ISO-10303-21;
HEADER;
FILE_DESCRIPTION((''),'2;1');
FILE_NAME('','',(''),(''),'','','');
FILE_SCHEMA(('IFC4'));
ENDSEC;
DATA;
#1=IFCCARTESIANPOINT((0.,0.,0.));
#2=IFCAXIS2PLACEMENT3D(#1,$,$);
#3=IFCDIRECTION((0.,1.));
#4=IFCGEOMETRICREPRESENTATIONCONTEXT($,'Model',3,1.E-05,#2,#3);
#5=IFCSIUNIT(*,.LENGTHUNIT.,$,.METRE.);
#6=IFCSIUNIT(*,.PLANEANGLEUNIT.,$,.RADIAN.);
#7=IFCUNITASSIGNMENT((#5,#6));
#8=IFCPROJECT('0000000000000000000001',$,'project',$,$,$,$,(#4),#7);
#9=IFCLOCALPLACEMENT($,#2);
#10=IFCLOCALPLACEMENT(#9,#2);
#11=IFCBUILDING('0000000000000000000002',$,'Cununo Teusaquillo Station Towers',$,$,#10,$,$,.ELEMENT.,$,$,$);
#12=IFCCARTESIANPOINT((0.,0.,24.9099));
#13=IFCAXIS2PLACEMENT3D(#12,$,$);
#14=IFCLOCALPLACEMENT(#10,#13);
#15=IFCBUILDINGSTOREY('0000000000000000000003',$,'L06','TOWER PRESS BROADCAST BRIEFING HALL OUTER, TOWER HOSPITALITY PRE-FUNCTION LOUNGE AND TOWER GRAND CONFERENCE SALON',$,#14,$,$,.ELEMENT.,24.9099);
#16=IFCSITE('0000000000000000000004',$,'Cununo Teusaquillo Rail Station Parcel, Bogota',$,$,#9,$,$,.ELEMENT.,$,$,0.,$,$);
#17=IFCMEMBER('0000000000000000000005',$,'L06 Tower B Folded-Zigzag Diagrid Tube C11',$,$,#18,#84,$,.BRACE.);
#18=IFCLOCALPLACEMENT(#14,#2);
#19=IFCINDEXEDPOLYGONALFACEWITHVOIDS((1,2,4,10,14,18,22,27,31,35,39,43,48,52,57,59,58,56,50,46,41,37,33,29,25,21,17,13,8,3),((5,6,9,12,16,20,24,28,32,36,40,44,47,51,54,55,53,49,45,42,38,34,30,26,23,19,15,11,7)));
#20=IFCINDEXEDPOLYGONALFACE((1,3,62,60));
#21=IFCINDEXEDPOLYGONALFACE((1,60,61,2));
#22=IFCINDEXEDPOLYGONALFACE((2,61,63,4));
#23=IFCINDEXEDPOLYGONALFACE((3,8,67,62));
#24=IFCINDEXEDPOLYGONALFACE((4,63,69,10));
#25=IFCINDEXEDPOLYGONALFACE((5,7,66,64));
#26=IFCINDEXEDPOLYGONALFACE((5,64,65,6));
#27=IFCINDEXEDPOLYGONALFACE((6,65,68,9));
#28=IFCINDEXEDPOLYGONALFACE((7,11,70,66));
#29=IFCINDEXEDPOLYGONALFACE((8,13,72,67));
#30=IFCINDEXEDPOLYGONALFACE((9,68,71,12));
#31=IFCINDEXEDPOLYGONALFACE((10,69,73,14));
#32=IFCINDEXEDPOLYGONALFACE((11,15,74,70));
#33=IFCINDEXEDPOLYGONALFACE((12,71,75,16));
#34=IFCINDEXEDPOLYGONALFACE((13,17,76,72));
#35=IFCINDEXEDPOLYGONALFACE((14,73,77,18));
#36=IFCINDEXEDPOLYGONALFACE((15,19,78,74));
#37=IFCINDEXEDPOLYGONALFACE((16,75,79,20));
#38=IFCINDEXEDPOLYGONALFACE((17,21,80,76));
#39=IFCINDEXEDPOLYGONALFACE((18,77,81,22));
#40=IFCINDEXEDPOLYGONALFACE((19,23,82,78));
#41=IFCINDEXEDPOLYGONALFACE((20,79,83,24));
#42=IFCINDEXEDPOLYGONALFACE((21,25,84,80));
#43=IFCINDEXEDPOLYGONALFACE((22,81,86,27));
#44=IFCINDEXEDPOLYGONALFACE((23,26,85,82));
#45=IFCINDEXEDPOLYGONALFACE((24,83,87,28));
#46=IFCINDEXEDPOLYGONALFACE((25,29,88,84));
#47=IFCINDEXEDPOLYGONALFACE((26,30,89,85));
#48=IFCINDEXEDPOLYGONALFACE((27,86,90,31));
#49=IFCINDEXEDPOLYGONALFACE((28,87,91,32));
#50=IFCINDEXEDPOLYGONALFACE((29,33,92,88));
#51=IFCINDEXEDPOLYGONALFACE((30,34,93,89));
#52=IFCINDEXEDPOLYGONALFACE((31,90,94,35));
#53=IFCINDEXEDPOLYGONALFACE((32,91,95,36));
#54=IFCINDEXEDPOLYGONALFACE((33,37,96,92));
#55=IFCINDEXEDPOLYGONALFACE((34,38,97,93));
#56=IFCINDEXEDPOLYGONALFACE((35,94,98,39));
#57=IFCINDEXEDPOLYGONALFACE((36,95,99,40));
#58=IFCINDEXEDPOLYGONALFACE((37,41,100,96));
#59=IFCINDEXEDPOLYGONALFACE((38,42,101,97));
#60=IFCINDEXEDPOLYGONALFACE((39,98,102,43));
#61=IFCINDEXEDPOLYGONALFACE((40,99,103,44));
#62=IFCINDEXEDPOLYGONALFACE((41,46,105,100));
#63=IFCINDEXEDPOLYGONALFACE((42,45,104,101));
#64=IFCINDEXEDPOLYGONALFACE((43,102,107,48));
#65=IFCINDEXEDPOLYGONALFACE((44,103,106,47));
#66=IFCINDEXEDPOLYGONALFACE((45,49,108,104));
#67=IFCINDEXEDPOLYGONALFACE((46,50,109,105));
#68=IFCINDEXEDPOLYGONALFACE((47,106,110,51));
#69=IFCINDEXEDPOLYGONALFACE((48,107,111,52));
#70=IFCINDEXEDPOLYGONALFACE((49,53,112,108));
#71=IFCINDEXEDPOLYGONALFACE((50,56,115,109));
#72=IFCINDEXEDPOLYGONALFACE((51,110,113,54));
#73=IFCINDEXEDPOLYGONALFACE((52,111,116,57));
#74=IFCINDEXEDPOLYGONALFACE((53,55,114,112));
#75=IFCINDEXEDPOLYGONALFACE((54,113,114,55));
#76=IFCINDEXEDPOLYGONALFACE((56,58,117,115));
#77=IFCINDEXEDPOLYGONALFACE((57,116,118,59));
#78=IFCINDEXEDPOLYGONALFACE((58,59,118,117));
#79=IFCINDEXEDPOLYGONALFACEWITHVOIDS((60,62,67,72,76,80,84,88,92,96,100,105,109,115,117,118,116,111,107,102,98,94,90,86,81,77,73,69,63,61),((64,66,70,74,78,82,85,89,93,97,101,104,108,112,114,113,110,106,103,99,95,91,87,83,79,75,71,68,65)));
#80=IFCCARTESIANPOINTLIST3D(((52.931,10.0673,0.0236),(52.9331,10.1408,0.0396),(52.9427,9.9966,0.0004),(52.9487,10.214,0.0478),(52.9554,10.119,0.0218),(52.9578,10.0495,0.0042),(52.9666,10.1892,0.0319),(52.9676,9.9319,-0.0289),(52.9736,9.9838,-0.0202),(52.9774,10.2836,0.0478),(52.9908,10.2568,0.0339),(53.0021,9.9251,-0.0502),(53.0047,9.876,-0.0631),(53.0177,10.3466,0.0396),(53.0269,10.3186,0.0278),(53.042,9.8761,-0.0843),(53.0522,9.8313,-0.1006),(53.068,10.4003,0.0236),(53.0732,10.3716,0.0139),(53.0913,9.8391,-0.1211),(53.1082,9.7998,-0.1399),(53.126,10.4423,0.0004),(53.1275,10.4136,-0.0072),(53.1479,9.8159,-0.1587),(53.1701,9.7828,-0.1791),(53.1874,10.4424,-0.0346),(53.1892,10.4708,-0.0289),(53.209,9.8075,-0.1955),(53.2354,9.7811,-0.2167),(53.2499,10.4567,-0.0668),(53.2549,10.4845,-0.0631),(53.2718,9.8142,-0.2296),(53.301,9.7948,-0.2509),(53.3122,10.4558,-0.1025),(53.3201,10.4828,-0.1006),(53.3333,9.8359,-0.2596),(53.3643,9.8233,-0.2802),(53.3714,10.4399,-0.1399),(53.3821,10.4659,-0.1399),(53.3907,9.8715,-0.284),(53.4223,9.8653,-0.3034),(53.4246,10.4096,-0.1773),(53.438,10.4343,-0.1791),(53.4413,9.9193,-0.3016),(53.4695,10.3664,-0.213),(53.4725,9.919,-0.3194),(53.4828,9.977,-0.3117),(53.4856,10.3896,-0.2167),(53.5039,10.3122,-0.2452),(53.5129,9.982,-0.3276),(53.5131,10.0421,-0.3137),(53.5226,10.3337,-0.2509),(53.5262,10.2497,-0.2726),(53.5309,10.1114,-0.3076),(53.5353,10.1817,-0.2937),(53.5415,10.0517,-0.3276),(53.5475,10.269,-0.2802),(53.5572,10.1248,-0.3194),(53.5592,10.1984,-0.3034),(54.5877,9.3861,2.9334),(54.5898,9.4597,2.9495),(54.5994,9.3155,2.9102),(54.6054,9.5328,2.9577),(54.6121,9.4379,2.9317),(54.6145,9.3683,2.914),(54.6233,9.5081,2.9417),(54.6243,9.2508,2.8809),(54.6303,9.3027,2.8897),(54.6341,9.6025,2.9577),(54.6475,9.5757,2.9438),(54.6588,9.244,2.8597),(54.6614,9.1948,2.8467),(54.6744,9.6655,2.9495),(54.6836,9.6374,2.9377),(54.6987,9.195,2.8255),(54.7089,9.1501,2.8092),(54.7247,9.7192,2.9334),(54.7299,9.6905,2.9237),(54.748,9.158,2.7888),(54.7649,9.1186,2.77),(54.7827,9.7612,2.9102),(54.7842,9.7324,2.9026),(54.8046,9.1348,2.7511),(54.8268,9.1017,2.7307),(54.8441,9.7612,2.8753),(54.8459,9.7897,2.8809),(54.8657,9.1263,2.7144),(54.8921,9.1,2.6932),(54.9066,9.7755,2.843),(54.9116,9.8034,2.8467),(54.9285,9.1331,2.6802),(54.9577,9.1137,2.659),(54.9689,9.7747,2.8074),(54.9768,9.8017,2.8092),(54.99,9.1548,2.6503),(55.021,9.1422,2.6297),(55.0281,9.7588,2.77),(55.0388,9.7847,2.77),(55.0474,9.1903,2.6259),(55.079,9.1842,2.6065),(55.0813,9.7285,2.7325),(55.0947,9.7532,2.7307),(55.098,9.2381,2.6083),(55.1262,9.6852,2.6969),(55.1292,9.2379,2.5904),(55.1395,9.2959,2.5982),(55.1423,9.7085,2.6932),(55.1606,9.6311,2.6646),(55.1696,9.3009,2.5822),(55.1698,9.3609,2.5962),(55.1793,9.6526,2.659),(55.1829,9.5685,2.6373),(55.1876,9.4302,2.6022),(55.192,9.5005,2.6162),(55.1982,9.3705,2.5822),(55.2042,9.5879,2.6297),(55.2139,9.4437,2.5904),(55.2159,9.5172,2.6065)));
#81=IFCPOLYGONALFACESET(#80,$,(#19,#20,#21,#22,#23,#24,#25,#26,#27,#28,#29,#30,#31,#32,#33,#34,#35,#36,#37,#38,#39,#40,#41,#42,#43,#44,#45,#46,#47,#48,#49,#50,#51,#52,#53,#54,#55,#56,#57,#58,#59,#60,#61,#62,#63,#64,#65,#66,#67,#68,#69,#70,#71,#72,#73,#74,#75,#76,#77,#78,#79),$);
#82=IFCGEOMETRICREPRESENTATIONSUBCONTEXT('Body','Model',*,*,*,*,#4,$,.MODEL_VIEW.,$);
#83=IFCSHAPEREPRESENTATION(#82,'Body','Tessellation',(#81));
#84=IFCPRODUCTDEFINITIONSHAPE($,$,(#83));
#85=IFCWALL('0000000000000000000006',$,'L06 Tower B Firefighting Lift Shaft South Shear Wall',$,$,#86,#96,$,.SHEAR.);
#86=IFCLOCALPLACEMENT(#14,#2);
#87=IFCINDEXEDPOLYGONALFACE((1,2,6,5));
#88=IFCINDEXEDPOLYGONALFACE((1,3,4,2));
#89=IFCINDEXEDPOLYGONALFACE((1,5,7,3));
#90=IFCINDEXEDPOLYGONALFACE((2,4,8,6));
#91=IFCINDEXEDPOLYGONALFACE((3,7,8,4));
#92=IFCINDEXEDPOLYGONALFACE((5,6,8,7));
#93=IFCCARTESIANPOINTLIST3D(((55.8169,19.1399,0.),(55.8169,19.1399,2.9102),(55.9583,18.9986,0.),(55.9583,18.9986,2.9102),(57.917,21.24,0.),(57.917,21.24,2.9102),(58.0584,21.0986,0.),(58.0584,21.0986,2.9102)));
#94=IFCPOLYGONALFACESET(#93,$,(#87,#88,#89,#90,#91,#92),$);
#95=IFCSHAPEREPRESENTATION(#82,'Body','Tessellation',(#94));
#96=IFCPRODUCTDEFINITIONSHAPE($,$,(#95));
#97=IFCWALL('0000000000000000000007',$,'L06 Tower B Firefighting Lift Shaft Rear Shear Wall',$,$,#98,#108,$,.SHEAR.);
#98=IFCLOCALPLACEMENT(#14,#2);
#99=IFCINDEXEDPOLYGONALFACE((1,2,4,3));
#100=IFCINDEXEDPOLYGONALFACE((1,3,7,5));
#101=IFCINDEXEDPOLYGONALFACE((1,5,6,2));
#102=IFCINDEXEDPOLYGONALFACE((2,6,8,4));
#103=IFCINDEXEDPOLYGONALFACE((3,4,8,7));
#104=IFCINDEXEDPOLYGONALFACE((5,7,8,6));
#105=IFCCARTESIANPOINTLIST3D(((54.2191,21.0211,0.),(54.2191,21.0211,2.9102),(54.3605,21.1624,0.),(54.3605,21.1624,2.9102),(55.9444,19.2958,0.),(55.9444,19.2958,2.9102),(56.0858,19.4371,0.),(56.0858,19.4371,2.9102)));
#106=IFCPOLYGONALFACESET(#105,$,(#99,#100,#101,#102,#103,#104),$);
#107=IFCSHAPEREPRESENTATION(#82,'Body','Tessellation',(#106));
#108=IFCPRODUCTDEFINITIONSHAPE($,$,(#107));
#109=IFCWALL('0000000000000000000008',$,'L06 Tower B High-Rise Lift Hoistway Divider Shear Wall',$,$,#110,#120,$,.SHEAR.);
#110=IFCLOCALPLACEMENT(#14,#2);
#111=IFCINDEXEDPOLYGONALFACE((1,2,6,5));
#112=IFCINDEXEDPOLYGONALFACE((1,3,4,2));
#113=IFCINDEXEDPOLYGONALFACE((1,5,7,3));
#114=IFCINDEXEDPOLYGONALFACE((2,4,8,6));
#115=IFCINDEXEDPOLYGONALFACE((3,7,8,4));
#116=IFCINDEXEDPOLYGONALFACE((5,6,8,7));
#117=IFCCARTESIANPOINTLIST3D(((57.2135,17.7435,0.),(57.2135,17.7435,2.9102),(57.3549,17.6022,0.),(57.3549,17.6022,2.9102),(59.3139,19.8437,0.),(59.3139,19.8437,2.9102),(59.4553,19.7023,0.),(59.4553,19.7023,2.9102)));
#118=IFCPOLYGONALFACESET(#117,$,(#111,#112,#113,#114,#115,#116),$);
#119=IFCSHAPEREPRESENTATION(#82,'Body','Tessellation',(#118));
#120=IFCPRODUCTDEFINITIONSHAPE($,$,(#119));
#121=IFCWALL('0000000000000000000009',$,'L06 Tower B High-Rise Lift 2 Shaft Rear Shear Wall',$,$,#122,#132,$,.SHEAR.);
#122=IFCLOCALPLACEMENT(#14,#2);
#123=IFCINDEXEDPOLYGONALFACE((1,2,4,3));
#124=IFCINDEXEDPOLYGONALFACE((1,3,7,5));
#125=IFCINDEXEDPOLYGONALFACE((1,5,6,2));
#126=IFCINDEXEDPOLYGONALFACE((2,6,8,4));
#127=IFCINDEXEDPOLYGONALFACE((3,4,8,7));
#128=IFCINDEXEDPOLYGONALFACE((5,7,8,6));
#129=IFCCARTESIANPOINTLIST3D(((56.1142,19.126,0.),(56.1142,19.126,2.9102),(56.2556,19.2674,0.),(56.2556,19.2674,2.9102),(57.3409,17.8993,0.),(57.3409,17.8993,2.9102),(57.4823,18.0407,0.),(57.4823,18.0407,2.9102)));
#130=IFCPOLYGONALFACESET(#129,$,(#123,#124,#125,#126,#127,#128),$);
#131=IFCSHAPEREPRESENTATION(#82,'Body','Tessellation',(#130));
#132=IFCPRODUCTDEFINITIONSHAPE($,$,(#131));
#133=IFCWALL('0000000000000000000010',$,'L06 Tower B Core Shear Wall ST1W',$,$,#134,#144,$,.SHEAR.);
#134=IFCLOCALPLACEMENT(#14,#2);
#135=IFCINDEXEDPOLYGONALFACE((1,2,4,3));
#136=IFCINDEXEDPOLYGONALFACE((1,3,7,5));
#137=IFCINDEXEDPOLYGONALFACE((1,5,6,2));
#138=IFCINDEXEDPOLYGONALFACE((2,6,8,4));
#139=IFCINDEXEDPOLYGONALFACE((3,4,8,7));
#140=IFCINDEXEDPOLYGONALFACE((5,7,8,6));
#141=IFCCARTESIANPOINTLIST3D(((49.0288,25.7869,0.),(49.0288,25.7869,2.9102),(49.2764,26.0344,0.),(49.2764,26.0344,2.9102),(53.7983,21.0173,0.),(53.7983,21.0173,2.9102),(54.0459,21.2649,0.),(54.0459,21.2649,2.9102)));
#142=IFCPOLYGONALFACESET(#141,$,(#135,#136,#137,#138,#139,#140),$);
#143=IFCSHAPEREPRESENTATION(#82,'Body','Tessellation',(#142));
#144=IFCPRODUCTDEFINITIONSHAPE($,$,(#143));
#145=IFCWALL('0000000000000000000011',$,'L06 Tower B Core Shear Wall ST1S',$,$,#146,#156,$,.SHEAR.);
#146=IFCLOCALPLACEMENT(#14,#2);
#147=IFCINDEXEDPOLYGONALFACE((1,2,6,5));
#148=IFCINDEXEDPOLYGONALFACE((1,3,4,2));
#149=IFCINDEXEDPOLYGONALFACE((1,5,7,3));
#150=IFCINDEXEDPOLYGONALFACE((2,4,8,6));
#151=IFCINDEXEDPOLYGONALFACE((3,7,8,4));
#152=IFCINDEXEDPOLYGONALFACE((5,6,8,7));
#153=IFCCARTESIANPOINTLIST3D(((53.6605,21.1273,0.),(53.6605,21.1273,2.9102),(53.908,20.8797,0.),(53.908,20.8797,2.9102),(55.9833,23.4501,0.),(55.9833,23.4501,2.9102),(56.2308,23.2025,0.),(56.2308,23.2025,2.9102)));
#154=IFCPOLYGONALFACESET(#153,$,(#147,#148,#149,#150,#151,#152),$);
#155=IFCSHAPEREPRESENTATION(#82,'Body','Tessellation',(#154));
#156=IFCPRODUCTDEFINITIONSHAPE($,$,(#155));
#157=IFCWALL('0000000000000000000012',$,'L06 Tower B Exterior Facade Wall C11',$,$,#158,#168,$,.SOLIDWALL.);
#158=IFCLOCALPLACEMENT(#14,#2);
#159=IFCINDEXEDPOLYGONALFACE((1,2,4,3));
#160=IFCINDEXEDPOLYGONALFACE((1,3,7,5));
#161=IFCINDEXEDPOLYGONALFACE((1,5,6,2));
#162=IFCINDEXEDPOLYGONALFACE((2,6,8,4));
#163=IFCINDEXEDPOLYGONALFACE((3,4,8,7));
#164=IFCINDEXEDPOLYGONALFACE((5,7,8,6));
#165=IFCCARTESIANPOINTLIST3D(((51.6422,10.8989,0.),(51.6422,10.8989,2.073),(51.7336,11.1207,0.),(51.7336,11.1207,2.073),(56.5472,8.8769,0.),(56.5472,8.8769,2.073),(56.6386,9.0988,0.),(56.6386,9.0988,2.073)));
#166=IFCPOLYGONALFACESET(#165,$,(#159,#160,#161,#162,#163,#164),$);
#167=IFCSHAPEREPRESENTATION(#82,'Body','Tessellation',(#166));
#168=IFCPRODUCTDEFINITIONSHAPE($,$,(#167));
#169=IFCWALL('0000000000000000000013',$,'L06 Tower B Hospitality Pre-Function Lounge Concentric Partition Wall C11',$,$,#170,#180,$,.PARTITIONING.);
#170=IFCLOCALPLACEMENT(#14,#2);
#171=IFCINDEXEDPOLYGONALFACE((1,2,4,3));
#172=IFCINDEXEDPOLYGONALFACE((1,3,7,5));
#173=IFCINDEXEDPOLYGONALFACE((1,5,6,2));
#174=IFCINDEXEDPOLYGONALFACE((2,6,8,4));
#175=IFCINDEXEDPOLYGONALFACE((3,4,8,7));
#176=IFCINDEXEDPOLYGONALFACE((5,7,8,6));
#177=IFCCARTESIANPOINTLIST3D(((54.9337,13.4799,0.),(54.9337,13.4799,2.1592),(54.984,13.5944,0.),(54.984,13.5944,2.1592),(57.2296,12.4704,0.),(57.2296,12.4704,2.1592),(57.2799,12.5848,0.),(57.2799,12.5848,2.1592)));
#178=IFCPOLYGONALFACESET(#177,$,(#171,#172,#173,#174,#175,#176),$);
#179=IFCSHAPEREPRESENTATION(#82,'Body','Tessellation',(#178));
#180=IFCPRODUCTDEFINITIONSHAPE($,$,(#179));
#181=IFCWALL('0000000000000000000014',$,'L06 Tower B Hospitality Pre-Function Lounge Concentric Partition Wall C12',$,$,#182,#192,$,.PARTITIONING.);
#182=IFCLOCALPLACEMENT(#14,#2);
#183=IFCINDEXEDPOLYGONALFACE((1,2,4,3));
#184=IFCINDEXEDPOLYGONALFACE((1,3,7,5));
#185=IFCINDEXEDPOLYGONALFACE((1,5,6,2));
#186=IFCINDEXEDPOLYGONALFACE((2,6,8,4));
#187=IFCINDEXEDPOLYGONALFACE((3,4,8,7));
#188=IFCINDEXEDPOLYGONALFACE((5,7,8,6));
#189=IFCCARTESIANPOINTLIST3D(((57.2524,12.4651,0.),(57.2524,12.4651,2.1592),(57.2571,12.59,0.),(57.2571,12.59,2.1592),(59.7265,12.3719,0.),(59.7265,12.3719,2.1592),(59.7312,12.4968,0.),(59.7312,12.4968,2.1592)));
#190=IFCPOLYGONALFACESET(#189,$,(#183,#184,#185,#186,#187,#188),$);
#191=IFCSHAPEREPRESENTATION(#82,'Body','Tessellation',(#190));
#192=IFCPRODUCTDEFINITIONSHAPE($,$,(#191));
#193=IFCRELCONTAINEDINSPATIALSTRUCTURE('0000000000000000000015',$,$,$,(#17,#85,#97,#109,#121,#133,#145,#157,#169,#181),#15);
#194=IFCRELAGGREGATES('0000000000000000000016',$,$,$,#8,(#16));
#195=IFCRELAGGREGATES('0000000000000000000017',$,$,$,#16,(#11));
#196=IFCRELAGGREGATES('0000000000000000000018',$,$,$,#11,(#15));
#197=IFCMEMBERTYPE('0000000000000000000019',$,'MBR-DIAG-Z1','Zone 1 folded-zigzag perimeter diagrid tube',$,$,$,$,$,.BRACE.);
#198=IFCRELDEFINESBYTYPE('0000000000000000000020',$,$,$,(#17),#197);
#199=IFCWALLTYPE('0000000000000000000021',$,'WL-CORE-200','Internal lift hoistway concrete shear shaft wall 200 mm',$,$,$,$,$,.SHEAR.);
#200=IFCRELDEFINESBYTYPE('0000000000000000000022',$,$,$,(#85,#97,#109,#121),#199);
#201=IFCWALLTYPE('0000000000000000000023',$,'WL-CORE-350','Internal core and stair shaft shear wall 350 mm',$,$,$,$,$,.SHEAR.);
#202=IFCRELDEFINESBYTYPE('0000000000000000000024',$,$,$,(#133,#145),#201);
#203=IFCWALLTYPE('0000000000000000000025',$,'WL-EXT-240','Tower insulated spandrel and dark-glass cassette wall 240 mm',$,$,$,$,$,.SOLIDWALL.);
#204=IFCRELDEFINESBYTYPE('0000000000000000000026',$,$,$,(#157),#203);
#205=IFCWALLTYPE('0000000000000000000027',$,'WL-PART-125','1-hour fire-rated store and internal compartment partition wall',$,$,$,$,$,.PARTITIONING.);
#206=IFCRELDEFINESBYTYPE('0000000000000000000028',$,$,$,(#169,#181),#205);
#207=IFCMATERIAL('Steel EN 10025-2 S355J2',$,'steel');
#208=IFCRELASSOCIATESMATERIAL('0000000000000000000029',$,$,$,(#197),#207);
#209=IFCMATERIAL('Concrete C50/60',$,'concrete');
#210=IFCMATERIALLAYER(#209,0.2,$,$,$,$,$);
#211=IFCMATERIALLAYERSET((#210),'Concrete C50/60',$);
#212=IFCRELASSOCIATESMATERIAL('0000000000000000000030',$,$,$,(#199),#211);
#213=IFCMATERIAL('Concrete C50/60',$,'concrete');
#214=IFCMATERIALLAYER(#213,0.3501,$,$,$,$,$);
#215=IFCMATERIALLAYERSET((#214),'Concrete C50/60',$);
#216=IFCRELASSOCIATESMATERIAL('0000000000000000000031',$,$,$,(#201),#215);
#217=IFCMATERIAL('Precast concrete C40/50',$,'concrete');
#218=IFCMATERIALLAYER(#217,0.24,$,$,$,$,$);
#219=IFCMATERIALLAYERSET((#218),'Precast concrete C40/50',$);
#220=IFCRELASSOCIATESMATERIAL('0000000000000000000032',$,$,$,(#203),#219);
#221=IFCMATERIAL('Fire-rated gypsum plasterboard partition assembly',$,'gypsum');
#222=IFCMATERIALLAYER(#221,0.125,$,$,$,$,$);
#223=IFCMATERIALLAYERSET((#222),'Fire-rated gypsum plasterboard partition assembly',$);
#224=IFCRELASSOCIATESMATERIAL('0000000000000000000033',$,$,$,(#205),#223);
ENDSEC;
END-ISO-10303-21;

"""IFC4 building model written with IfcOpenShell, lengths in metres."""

from ifc_helpers import new_model, si_unit, direction, frame, frame_2d, origin, origin_2d, place, context, subcontext, project, spatial, rectangle, hollow_circle, extrude, material, layer, layer_set, material_profile, profile_set, type_object, element, save


model = new_model("IFC4")

# Units and contexts
model_context = context("Model", 3, precision=1e-05, world=origin(), true_north=direction((0.0, 1.0)))
body_context = subcontext(model_context, "Body", "Model", "MODEL_VIEW")
ifc_project = project(units=[si_unit("LENGTHUNIT", "METRE"), si_unit("PLANEANGLEUNIT", "RADIAN")], contexts=[model_context])

# Site, building, storey
site_placement = place(None, origin())
site = spatial("IfcSite", under=ifc_project, at=site_placement, Name="Cununo Teusaquillo Rail Station Parcel, Bogota", CompositionType="ELEMENT", RefElevation=0.0)
building_placement = place(site_placement, origin())
building = spatial("IfcBuilding", under=site, at=building_placement, Name="Cununo Teusaquillo Station Towers", CompositionType="ELEMENT")
storey_placement = place(building_placement, frame((0.0, 0.0, 24.9099)))
storey = spatial("IfcBuildingStorey", under=building, at=storey_placement, Name="L06", Description="TOWER PRESS BROADCAST BRIEFING HALL OUTER, TOWER HOSPITALITY PRE-FUNCTION LOUNGE AND TOWER GRAND CONFERENCE SALON", CompositionType="ELEMENT", Elevation=24.9099)

# Member
ifc_material_1 = material(Name="Steel EN 10025-2 S355J2", Category="steel")
ifc_material_profile_1 = material_profile(ifc_material_1, hollow_circle(Radius=0.3601, WallThickness=0.0281, at=origin_2d()), Name="CHS 720x28")
ifc_profile_set_1 = profile_set([ifc_material_profile_1], Name="Steel EN 10025-2 S355J2")
member_type = type_object("IfcMemberType", Name="MBR-DIAG-Z1", Description="Zone 1 folded-zigzag perimeter diagrid tube", PredefinedType="BRACE", material=ifc_profile_set_1)
member_placement = place(storey_placement, frame((53.2451, 10.1328, -0.1399), z_axis=(0.484842, -0.199338, 0.851582), x_axis=(0.380256, 0.924881, 0.0)))
element("IfcMember", 1, at=member_placement, inside=storey, type_object=member_type, Name="L06 Tower B Folded-Zigzag Diagrid Tube C11", PredefinedType="BRACE", context=body_context, shape_type="SweptSolid", body=[
    extrude(hollow_circle(Radius=0.3601, WallThickness=0.0281, at=origin_2d()), origin(), (0.0, 0.0, 1.0), 3.417),
])

# Walls
ifc_material_2 = material(Name="Concrete C50/60", Category="concrete")
ifc_layer_1 = layer(ifc_material_2, 0.2)
ifc_layer_set_1 = layer_set([ifc_layer_1], Name="Concrete C50/60")
wall_type_1 = type_object("IfcWallType", Name="WL-CORE-200", Description="Internal lift hoistway concrete shear shaft wall 200 mm", PredefinedType="SHEAR", material=ifc_layer_set_1)
wall_1_placement = place(storey_placement, frame((55.8877, 19.0693, 0.0), z_axis=(0.0, 0.0, 1.0), x_axis=(0.707107, 0.707107, 0.0)))
element("IfcWall", 2, at=wall_1_placement, inside=storey, type_object=wall_type_1, Name="L06 Tower B Firefighting Lift Shaft South Shear Wall", PredefinedType="SHEAR", context=body_context, shape_type="SweptSolid", body=[
    extrude(rectangle(XDim=2.97, YDim=0.2, at=frame_2d((1.4849, 0.0))), origin(), (0.0, 0.0, 1.0), 2.9102),
])
wall_2_placement = place(storey_placement, frame((56.0151, 19.3665, 0.0), z_axis=(0.0, 0.0, 1.0), x_axis=(-0.707107, 0.707107, 0.0)))
element("IfcWall", 3, at=wall_2_placement, inside=storey, type_object=wall_type_1, Name="L06 Tower B Firefighting Lift Shaft Rear Shear Wall", PredefinedType="SHEAR", context=body_context, shape_type="SweptSolid", body=[
    extrude(rectangle(XDim=2.4399, YDim=0.2, at=frame_2d((1.22, 0.0))), origin(), (0.0, 0.0, 1.0), 2.9102),
])
wall_3_placement = place(storey_placement, frame((57.2842, 17.6729, 0.0), z_axis=(0.0, 0.0, 1.0), x_axis=(0.707148, 0.707066, 0.0)))
element("IfcWall", 4, at=wall_3_placement, inside=storey, type_object=wall_type_1, Name="L06 Tower B High-Rise Lift Hoistway Divider Shear Wall", PredefinedType="SHEAR", context=body_context, shape_type="SweptSolid", body=[
    extrude(rectangle(XDim=2.9702, YDim=0.2, at=frame_2d((1.4851, 0.0))), origin(), (0.0, 0.0, 1.0), 2.9102),
])
wall_4_placement = place(storey_placement, frame((57.4116, 17.97, 0.0), z_axis=(0.0, 0.0, 1.0), x_axis=(-0.707107, 0.707107, 0.0)))
element("IfcWall", 5, at=wall_4_placement, inside=storey, type_object=wall_type_1, Name="L06 Tower B High-Rise Lift 2 Shaft Rear Shear Wall", PredefinedType="SHEAR", context=body_context, shape_type="SweptSolid", body=[
    extrude(rectangle(XDim=1.7349, YDim=0.2, at=frame_2d((0.8674, 0.0))), origin(), (0.0, 0.0, 1.0), 2.9102),
])
ifc_material_3 = material(Name="Concrete C50/60", Category="concrete")
ifc_layer_2 = layer(ifc_material_3, 0.3501)
ifc_layer_set_2 = layer_set([ifc_layer_2], Name="Concrete C50/60")
wall_type_2 = type_object("IfcWallType", Name="WL-CORE-350", Description="Internal core and stair shaft shear wall 350 mm", PredefinedType="SHEAR", material=ifc_layer_set_2)
wall_5_placement = place(storey_placement, frame((53.9221, 21.1411, 0.0), z_axis=(0.0, 0.0, 1.0), x_axis=(-0.707107, 0.707107, 0.0)))
element("IfcWall", 6, at=wall_5_placement, inside=storey, type_object=wall_type_2, Name="L06 Tower B Core Shear Wall ST1W", PredefinedType="SHEAR", context=body_context, shape_type="SweptSolid", body=[
    extrude(rectangle(XDim=6.7451, YDim=0.3501, at=frame_2d((3.3726, 0.0))), origin(), (0.0, 0.0, 1.0), 2.9102),
])
wall_6_placement = place(storey_placement, frame((53.7842, 21.0034, 0.0), z_axis=(0.0, 0.0, 1.0), x_axis=(0.707107, 0.707107, 0.0)))
element("IfcWall", 7, at=wall_6_placement, inside=storey, type_object=wall_type_2, Name="L06 Tower B Core Shear Wall ST1S", PredefinedType="SHEAR", context=body_context, shape_type="SweptSolid", body=[
    extrude(rectangle(XDim=3.2849, YDim=0.3501, at=frame_2d((1.6426, 0.0))), origin(), (0.0, 0.0, 1.0), 2.9102),
])
ifc_material_4 = material(Name="Precast concrete C40/50", Category="concrete")
ifc_layer_3 = layer(ifc_material_4, 0.24)
ifc_layer_set_3 = layer_set([ifc_layer_3], Name="Precast concrete C40/50")
wall_type_3 = type_object("IfcWallType", Name="WL-EXT-240", Description="Tower insulated spandrel and dark-glass cassette wall 240 mm", PredefinedType="SOLIDWALL", material=ifc_layer_set_3)
wall_7_placement = place(storey_placement, frame((56.593, 8.9878, 0.0), z_axis=(0.0, 0.0, 1.0), x_axis=(-0.924528, 0.381113, 0.0)))
element("IfcWall", 8, at=wall_7_placement, inside=storey, type_object=wall_type_3, Name="L06 Tower B Exterior Facade Wall C11", PredefinedType="SOLIDWALL", context=body_context, shape_type="SweptSolid", body=[
    extrude(rectangle(XDim=5.3054, YDim=0.24, at=frame_2d((2.6528, 0.0))), origin(), (0.0, 0.0, 1.0), 2.073),
])
ifc_material_5 = material(Name="Fire-rated gypsum plasterboard partition assembly", Category="gypsum")
ifc_layer_4 = layer(ifc_material_5, 0.125)
ifc_layer_set_4 = layer_set([ifc_layer_4], Name="Fire-rated gypsum plasterboard partition assembly")
wall_type_4 = type_object("IfcWallType", Name="WL-PART-125", Description="1-hour fire-rated store and internal compartment partition wall", PredefinedType="PARTITIONING", material=ifc_layer_set_4)
wall_8_placement = place(storey_placement, frame((54.959, 13.5371, 0.0), z_axis=(0.0, 0.0, 1.0), x_axis=(0.915414, -0.402514, 0.0)))
element("IfcWall", 9, at=wall_8_placement, inside=storey, type_object=wall_type_4, Name="L06 Tower B Hospitality Pre-Function Lounge Concentric Partition Wall C11", PredefinedType="PARTITIONING", context=body_context, shape_type="SweptSolid", body=[
    extrude(rectangle(XDim=2.5081, YDim=0.125, at=frame_2d((1.2539, 0.0))), origin(), (0.0, 0.0, 1.0), 2.1592),
])
wall_9_placement = place(storey_placement, frame((57.2549, 12.5276, 0.0), z_axis=(0.0, 0.0, 1.0), x_axis=(0.99929, -0.037668, 0.0)))
element("IfcWall", 10, at=wall_9_placement, inside=storey, type_object=wall_type_4, Name="L06 Tower B Hospitality Pre-Function Lounge Concentric Partition Wall C12", PredefinedType="PARTITIONING", context=body_context, shape_type="SweptSolid", body=[
    extrude(rectangle(XDim=2.4758, YDim=0.125, at=frame_2d((1.2378, 0.0))), origin(), (0.0, 0.0, 1.0), 2.1592),
])

save(model, "model.ifc")
